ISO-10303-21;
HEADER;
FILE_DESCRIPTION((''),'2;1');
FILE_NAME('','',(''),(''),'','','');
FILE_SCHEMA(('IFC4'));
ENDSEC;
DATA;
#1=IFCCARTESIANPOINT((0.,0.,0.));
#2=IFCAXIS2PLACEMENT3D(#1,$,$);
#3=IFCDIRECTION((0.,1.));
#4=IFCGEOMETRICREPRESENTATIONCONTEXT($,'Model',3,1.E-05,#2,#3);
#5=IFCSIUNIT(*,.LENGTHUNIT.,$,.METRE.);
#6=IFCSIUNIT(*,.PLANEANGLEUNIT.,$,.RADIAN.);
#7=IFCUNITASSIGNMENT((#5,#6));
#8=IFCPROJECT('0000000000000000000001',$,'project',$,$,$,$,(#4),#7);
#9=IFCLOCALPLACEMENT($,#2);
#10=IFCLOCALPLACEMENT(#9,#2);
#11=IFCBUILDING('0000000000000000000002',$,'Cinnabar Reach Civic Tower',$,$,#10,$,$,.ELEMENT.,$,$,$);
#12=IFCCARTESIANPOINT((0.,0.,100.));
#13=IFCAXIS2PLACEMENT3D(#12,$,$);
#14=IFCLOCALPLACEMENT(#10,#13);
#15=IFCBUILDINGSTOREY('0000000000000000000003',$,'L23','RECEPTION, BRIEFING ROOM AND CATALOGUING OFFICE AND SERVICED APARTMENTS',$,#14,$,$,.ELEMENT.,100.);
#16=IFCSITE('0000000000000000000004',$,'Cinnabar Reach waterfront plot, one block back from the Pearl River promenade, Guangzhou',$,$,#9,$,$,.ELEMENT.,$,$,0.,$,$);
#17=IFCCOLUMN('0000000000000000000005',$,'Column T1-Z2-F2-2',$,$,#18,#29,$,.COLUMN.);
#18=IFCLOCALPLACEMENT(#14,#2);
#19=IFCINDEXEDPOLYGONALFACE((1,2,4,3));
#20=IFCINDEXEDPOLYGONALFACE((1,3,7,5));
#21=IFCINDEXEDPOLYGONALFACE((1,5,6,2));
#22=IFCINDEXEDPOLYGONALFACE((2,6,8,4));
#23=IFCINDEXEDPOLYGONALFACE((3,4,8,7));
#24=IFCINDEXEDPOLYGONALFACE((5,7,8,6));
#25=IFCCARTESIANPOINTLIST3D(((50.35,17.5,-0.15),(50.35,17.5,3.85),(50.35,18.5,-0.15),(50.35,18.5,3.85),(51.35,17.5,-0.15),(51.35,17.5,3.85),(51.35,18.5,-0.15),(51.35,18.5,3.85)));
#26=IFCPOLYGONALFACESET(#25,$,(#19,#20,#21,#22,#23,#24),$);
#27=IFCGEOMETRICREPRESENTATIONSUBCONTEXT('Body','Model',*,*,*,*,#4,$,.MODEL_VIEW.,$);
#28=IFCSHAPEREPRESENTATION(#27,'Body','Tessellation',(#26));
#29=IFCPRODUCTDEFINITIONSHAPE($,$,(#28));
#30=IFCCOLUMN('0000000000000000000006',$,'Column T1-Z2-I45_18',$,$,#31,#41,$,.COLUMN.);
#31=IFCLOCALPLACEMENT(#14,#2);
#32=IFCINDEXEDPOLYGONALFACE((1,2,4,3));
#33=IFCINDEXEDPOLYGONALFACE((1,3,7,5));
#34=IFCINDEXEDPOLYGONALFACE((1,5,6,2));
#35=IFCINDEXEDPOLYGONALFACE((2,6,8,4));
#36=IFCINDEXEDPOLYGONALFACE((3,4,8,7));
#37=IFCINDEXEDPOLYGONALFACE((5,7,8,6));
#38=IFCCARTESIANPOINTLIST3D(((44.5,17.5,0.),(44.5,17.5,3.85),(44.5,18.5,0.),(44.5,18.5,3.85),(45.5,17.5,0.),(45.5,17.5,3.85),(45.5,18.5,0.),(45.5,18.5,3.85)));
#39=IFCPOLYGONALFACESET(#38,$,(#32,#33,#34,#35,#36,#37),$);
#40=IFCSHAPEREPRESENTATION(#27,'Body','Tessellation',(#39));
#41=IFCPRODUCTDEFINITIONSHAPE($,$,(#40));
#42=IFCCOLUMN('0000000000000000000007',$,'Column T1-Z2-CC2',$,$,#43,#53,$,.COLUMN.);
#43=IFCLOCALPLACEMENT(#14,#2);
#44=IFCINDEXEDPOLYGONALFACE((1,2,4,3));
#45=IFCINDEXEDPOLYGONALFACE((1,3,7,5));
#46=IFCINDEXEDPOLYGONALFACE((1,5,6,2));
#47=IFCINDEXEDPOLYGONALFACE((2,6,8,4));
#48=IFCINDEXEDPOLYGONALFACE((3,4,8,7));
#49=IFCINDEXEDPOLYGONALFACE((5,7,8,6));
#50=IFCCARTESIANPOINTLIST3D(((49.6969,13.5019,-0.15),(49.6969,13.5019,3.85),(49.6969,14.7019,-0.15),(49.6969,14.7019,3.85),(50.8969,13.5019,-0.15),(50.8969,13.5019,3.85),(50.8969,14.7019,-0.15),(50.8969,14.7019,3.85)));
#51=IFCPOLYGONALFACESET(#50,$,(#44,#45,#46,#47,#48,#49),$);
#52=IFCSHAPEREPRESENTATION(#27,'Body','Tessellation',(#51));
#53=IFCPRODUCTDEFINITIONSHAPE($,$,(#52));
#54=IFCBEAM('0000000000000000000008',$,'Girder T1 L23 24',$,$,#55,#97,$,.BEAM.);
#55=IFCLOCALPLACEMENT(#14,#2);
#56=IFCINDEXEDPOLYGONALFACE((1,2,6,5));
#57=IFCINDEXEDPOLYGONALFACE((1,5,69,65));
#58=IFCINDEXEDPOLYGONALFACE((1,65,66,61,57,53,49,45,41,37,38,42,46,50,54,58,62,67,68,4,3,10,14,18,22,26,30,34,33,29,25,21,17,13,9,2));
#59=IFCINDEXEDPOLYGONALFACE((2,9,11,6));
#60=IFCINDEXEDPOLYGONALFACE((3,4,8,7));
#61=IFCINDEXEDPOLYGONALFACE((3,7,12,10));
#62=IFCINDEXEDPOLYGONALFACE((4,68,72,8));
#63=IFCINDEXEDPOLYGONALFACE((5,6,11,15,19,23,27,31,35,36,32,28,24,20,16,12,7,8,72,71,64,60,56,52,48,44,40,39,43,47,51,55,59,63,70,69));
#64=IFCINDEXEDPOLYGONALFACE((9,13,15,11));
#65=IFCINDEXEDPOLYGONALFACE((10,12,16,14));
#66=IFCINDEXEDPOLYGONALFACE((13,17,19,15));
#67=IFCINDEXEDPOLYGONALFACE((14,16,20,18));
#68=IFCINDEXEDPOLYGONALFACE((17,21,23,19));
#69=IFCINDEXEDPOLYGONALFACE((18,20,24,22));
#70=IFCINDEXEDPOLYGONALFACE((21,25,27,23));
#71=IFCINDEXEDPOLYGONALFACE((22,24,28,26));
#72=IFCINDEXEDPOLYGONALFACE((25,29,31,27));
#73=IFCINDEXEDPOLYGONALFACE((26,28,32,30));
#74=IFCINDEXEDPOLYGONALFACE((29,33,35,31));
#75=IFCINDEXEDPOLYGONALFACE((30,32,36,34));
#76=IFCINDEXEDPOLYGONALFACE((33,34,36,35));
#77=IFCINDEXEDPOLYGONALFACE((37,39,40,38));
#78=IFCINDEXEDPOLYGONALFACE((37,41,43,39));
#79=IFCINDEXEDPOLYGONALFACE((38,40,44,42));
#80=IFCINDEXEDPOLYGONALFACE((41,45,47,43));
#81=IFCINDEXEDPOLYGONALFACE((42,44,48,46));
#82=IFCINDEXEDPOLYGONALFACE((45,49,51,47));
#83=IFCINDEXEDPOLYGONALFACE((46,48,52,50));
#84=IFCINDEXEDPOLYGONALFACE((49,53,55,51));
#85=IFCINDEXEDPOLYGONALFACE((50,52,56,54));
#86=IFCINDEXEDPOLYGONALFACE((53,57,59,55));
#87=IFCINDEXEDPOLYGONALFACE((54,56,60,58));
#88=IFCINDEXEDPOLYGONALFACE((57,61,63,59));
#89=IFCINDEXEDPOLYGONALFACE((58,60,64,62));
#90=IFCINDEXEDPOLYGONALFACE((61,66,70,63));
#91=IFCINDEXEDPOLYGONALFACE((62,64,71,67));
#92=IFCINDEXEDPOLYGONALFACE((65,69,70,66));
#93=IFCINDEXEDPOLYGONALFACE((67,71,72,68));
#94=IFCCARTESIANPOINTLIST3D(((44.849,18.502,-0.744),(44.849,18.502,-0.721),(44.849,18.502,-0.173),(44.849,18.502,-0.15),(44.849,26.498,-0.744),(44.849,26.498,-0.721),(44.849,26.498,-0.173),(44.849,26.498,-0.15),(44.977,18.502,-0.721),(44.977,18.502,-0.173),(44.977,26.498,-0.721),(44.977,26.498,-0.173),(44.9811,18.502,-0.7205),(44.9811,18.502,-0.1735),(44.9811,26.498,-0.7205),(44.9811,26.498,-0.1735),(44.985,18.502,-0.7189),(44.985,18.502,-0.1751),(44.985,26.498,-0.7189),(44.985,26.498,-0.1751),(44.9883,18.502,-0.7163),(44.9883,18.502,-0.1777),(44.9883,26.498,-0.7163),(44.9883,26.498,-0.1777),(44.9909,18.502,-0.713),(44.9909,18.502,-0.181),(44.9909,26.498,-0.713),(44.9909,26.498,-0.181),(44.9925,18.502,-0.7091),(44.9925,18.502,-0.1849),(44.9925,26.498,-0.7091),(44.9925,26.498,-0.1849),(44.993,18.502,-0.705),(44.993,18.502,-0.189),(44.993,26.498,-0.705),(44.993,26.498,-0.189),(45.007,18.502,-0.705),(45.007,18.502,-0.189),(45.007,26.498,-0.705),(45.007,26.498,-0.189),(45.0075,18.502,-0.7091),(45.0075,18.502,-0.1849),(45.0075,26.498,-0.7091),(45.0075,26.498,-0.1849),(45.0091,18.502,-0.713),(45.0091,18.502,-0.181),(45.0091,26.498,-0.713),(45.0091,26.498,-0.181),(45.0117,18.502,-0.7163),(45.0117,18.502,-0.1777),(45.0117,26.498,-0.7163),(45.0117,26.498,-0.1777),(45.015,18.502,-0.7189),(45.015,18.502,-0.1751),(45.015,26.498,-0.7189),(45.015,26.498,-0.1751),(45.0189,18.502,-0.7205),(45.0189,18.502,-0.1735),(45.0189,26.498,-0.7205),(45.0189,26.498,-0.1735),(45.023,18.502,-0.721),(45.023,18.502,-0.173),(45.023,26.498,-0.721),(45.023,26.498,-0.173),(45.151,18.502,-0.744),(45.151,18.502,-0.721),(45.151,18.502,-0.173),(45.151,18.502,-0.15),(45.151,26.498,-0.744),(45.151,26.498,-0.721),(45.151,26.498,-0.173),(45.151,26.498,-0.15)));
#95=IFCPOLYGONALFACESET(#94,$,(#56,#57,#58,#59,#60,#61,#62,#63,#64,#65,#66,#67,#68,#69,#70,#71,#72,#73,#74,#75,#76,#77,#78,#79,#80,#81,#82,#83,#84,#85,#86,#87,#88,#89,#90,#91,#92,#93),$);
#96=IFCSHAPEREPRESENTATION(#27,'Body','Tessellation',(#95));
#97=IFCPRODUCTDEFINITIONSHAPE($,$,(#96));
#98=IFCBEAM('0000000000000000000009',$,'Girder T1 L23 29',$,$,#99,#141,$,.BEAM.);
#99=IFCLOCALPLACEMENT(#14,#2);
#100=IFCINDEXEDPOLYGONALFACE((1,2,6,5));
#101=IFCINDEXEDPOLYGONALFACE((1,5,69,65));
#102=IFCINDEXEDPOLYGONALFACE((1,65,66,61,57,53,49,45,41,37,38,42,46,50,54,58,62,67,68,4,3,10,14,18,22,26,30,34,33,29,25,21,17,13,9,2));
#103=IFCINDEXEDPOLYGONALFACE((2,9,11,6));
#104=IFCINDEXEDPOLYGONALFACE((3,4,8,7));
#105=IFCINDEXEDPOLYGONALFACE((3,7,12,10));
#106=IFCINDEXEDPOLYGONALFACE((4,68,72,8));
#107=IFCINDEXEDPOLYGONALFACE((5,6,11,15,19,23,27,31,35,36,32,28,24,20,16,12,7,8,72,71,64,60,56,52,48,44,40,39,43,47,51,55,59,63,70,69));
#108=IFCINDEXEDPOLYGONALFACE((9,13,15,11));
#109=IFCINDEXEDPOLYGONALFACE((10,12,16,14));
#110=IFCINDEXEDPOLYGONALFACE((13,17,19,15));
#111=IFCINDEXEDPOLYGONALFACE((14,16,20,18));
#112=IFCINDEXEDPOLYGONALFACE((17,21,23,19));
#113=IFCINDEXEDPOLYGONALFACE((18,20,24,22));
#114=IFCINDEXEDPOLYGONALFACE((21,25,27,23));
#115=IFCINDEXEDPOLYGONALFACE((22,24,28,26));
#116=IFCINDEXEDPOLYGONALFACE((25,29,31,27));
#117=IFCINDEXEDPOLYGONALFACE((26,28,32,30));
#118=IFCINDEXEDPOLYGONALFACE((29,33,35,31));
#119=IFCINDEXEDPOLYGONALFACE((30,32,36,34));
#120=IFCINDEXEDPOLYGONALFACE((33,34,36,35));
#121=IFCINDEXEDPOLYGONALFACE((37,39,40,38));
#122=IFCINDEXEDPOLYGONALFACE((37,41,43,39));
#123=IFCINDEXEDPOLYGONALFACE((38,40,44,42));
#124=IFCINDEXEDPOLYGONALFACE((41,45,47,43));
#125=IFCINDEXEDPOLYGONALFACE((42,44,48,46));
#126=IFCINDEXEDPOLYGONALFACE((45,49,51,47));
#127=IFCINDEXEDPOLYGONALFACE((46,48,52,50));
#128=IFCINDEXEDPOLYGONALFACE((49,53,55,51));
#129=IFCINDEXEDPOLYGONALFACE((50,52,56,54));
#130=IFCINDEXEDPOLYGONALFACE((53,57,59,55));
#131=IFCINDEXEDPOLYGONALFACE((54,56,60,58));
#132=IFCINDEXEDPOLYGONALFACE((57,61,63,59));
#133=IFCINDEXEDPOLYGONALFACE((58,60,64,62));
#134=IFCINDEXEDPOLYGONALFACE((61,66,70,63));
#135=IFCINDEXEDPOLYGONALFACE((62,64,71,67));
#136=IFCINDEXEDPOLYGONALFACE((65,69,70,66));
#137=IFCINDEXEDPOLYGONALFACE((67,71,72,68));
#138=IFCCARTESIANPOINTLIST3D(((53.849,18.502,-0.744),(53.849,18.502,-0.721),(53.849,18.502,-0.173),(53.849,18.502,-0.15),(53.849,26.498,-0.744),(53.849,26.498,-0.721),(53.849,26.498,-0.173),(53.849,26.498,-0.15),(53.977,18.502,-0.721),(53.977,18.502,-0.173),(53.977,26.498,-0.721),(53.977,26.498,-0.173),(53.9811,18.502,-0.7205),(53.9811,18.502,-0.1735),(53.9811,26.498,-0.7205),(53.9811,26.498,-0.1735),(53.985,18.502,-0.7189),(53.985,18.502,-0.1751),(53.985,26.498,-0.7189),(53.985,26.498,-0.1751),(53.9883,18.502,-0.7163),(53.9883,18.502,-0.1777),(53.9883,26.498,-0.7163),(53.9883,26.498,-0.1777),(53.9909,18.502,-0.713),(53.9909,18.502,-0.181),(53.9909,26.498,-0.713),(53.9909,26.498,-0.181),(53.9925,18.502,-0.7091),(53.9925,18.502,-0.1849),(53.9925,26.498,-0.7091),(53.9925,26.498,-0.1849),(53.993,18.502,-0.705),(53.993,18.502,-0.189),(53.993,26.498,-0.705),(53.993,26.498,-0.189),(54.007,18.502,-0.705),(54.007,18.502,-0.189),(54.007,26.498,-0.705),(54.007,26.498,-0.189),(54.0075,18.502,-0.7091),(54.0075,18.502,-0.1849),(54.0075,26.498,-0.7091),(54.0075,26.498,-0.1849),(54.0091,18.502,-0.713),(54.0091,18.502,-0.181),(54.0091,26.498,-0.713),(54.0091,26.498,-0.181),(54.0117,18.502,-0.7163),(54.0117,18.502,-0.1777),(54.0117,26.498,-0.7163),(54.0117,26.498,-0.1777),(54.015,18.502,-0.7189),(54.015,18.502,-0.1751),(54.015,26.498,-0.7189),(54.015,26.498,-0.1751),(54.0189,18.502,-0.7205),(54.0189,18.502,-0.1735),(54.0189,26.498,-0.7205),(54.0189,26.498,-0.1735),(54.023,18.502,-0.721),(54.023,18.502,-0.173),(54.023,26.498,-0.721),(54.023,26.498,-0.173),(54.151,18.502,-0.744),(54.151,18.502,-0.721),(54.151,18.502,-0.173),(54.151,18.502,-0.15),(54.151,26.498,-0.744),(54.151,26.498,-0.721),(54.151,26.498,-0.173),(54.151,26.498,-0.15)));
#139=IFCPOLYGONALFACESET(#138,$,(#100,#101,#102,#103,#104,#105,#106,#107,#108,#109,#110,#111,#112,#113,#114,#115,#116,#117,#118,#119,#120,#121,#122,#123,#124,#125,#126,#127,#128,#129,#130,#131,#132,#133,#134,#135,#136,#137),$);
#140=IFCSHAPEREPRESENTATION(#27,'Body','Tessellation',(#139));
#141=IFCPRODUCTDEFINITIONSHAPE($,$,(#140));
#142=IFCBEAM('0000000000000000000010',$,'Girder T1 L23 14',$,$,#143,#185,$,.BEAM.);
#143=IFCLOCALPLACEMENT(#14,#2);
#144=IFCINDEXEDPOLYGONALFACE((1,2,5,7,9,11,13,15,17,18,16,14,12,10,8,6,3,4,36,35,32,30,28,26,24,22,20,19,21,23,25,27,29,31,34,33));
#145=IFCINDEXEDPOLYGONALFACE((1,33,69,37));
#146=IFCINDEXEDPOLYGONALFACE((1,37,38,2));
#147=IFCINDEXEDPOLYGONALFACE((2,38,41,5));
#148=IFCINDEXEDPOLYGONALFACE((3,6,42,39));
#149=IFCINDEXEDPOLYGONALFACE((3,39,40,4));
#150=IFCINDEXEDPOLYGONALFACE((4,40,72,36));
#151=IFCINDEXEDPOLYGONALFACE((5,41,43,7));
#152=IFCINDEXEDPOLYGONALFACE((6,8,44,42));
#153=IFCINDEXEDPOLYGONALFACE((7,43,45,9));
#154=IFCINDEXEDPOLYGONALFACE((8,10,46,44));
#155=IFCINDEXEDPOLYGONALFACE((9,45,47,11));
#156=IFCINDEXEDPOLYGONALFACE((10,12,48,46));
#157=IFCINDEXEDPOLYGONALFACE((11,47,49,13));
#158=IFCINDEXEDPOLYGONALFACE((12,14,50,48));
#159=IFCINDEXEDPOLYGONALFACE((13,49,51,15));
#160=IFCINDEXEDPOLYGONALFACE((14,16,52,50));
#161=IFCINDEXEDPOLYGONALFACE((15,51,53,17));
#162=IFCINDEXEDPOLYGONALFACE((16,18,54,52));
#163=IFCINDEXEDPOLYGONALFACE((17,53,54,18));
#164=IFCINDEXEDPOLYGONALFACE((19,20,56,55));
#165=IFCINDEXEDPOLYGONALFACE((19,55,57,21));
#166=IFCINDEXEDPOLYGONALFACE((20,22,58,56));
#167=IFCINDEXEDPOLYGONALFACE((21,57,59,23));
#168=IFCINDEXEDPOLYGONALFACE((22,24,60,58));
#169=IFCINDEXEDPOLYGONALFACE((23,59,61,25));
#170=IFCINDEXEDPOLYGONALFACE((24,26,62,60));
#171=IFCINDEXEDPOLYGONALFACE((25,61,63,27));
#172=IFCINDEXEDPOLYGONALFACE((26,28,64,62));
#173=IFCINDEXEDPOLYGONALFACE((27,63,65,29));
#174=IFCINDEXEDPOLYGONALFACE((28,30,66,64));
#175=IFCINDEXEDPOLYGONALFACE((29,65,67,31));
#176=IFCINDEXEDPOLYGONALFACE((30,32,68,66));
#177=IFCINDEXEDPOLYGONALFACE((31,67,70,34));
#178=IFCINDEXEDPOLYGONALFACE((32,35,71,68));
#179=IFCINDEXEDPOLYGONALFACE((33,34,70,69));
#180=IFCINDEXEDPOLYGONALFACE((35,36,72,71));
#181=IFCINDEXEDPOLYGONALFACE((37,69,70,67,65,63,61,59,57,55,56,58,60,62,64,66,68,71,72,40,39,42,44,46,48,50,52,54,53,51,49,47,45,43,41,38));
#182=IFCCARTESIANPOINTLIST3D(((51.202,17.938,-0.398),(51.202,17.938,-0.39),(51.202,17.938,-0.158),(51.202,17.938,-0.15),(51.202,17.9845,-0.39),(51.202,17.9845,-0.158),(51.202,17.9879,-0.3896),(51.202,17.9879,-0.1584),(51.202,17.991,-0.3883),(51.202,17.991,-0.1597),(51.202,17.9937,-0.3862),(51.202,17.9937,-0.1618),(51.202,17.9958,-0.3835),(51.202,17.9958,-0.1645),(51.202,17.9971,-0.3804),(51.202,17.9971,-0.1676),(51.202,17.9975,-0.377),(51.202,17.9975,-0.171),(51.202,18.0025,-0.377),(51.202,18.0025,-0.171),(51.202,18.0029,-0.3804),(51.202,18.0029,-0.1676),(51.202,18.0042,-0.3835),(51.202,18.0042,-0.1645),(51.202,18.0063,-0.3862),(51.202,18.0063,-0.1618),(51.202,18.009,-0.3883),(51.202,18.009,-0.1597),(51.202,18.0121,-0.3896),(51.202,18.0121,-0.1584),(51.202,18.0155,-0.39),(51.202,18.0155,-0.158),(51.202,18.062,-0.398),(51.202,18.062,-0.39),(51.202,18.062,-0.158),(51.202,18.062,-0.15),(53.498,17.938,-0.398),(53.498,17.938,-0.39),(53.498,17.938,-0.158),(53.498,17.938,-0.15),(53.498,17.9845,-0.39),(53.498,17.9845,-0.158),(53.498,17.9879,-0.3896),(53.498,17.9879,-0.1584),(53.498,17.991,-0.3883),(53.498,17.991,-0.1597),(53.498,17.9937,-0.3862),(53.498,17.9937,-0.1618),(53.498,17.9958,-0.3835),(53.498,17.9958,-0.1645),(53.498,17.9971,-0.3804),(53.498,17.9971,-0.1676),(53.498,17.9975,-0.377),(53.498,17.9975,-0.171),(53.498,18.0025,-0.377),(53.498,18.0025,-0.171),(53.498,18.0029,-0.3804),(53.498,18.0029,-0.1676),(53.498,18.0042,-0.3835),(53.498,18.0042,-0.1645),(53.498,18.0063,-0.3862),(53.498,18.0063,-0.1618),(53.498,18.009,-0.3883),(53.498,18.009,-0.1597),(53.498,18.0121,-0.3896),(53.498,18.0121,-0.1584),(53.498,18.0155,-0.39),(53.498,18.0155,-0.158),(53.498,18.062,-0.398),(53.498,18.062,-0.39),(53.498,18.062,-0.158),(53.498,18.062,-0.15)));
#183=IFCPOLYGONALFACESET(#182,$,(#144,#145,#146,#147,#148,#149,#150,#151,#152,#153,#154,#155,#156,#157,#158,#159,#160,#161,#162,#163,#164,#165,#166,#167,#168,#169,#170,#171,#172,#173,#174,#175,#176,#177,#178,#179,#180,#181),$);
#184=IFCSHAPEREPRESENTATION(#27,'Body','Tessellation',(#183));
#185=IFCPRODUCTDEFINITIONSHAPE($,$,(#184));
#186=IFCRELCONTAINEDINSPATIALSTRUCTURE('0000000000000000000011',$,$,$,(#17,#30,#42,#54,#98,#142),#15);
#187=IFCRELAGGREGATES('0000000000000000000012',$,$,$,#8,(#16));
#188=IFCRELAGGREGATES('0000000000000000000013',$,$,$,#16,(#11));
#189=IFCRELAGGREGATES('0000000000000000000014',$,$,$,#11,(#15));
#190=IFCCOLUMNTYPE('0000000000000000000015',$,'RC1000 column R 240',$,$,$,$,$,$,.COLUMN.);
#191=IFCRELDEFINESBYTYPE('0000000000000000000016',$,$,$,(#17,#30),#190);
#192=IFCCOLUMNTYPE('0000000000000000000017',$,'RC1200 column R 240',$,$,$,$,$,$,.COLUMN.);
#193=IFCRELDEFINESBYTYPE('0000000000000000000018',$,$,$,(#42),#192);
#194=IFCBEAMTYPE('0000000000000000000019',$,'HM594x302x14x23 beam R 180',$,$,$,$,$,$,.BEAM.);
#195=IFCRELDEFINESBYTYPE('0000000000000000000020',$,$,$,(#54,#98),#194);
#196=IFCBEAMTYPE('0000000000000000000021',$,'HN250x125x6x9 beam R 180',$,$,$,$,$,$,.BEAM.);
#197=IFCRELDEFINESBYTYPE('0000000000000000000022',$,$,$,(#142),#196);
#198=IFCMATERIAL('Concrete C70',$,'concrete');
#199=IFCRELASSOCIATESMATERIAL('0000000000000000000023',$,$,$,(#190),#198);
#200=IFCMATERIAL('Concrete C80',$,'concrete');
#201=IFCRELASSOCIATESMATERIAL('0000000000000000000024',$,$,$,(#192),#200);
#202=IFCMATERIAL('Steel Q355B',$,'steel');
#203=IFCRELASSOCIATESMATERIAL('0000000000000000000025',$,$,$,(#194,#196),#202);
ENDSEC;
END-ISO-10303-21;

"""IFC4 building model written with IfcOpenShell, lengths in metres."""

from ifc_helpers import new_model, si_unit, direction, frame, origin, origin_2d, place, context, subcontext, project, spatial, rectangle, i_section, extrude, material, material_profile, profile_set, type_object, element, save


model = new_model("IFC4")

# Units and contexts
model_context = context("Model", 3, precision=1e-05, world=origin(), true_north=direction((0.0, 1.0)))
body_context = subcontext(model_context, "Body", "Model", "MODEL_VIEW")
ifc_project = project(units=[si_unit("LENGTHUNIT", "METRE"), si_unit("PLANEANGLEUNIT", "RADIAN")], contexts=[model_context])

# Site, building, storey
site_placement = place(None, origin())
site = spatial("IfcSite", under=ifc_project, at=site_placement, Name="Cinnabar Reach waterfront plot, one block back from the Pearl River promenade, Guangzhou", CompositionType="ELEMENT", RefElevation=0.0)
building_placement = place(site_placement, origin())
building = spatial("IfcBuilding", under=site, at=building_placement, Name="Cinnabar Reach Civic Tower", CompositionType="ELEMENT")
storey_placement = place(building_placement, frame((0.0, 0.0, 100.0)))
storey = spatial("IfcBuildingStorey", under=building, at=storey_placement, Name="L23", Description="RECEPTION, BRIEFING ROOM AND CATALOGUING OFFICE AND SERVICED APARTMENTS", CompositionType="ELEMENT", Elevation=100.0)

# Columns
ifc_material_1 = material(Name="Concrete C70", Category="concrete")
ifc_material_profile_1 = material_profile(ifc_material_1, rectangle(XDim=1.0, YDim=1.0, at=origin_2d()), Name="RC1000")
ifc_profile_set_1 = profile_set([ifc_material_profile_1], Name="Concrete C70")
column_type_1 = type_object("IfcColumnType", Name="RC1000 column R 240", PredefinedType="COLUMN", material=ifc_profile_set_1)
column_1_placement = place(storey_placement, frame((50.85, 18.0, -0.15), z_axis=(0.0, 0.0, 1.0), x_axis=(1.0, 0.0, 0.0)))
element("IfcColumn", 1, at=column_1_placement, inside=storey, type_object=column_type_1, Name="Column T1-Z2-F2-2", PredefinedType="COLUMN", context=body_context, shape_type="SweptSolid", body=[
    extrude(rectangle(XDim=1.0, YDim=1.0, at=origin_2d()), origin(), (0.0, 0.0, 1.0), 4.0),
])
column_2_placement = place(storey_placement, frame((45.0, 18.0, 0.0), z_axis=(0.0, 0.0, 1.0), x_axis=(1.0, 0.0, 0.0)))
element("IfcColumn", 2, at=column_2_placement, inside=storey, type_object=column_type_1, Name="Column T1-Z2-I45_18", PredefinedType="COLUMN", context=body_context, shape_type="SweptSolid", body=[
    extrude(rectangle(XDim=1.0, YDim=1.0, at=origin_2d()), origin(), (0.0, 0.0, 1.0), 3.85),
])
ifc_material_2 = material(Name="Concrete C80", Category="concrete")
ifc_material_profile_2 = material_profile(ifc_material_2, rectangle(XDim=1.2, YDim=1.2, at=origin_2d()), Name="RC1200")
ifc_profile_set_2 = profile_set([ifc_material_profile_2], Name="Concrete C80")
column_type_2 = type_object("IfcColumnType", Name="RC1200 column R 240", PredefinedType="COLUMN", material=ifc_profile_set_2)
column_3_placement = place(storey_placement, frame((50.2969, 14.1019, -0.15), z_axis=(0.0, 0.0, 1.0), x_axis=(1.0, 0.0, 0.0)))
element("IfcColumn", 3, at=column_3_placement, inside=storey, type_object=column_type_2, Name="Column T1-Z2-CC2", PredefinedType="COLUMN", context=body_context, shape_type="SweptSolid", body=[
    extrude(rectangle(XDim=1.2, YDim=1.2, at=origin_2d()), origin(), (0.0, 0.0, 1.0), 4.0),
])

# Beams
ifc_material_3 = material(Name="Steel Q355B", Category="steel")
ifc_material_profile_3 = material_profile(ifc_material_3, i_section(OverallWidth=0.302, OverallDepth=0.594, WebThickness=0.014, FlangeThickness=0.023, FilletRadius=0.016, at=origin_2d()), Name="HM594x302x14x23")
ifc_profile_set_3 = profile_set([ifc_material_profile_3], Name="Steel Q355B")
beam_type_1 = type_object("IfcBeamType", Name="HM594x302x14x23 beam R 180", PredefinedType="BEAM", material=ifc_profile_set_3)
for number, where, z_axis, x_axis, name in (
    (4, (45.0, 18.502, -0.447), (0.0, 1.0, 0.0), (-1.0, 0.0, 0.0), "Girder T1 L23 24"),
    (5, (54.0, 18.502, -0.447), (0.0, 1.0, 0.0), (-1.0, 0.0, 0.0), "Girder T1 L23 29"),
):
    element("IfcBeam", number, at=place(storey_placement, frame(where, z_axis=z_axis, x_axis=x_axis)), inside=storey, type_object=beam_type_1, Name=name, PredefinedType="BEAM", context=body_context, shape_type="SweptSolid", body=[
        extrude(i_section(OverallWidth=0.302, OverallDepth=0.594, WebThickness=0.014, FlangeThickness=0.023, FilletRadius=0.016, at=origin_2d()), origin(), (0.0, 0.0, 1.0), 7.996),
    ])
ifc_material_profile_4 = material_profile(ifc_material_3, i_section(OverallWidth=0.124, OverallDepth=0.248, WebThickness=0.005, FlangeThickness=0.008, FilletRadius=0.013, at=origin_2d()), Name="HN250x125x6x9")
ifc_profile_set_4 = profile_set([ifc_material_profile_4], Name="Steel Q355B")
beam_type_2 = type_object("IfcBeamType", Name="HN250x125x6x9 beam R 180", PredefinedType="BEAM", material=ifc_profile_set_4)
beam_1_placement = place(storey_placement, frame((51.202, 18.0, -0.274), z_axis=(1.0, 0.0, 0.0), x_axis=(0.0, 1.0, 0.0)))
element("IfcBeam", 6, at=beam_1_placement, inside=storey, type_object=beam_type_2, Name="Girder T1 L23 14", PredefinedType="BEAM", context=body_context, shape_type="SweptSolid", body=[
    extrude(i_section(OverallWidth=0.124, OverallDepth=0.248, WebThickness=0.005, FlangeThickness=0.008, FilletRadius=0.013, at=origin_2d()), origin(), (0.0, 0.0, 1.0), 2.296),
])

save(model, "model.ifc")
